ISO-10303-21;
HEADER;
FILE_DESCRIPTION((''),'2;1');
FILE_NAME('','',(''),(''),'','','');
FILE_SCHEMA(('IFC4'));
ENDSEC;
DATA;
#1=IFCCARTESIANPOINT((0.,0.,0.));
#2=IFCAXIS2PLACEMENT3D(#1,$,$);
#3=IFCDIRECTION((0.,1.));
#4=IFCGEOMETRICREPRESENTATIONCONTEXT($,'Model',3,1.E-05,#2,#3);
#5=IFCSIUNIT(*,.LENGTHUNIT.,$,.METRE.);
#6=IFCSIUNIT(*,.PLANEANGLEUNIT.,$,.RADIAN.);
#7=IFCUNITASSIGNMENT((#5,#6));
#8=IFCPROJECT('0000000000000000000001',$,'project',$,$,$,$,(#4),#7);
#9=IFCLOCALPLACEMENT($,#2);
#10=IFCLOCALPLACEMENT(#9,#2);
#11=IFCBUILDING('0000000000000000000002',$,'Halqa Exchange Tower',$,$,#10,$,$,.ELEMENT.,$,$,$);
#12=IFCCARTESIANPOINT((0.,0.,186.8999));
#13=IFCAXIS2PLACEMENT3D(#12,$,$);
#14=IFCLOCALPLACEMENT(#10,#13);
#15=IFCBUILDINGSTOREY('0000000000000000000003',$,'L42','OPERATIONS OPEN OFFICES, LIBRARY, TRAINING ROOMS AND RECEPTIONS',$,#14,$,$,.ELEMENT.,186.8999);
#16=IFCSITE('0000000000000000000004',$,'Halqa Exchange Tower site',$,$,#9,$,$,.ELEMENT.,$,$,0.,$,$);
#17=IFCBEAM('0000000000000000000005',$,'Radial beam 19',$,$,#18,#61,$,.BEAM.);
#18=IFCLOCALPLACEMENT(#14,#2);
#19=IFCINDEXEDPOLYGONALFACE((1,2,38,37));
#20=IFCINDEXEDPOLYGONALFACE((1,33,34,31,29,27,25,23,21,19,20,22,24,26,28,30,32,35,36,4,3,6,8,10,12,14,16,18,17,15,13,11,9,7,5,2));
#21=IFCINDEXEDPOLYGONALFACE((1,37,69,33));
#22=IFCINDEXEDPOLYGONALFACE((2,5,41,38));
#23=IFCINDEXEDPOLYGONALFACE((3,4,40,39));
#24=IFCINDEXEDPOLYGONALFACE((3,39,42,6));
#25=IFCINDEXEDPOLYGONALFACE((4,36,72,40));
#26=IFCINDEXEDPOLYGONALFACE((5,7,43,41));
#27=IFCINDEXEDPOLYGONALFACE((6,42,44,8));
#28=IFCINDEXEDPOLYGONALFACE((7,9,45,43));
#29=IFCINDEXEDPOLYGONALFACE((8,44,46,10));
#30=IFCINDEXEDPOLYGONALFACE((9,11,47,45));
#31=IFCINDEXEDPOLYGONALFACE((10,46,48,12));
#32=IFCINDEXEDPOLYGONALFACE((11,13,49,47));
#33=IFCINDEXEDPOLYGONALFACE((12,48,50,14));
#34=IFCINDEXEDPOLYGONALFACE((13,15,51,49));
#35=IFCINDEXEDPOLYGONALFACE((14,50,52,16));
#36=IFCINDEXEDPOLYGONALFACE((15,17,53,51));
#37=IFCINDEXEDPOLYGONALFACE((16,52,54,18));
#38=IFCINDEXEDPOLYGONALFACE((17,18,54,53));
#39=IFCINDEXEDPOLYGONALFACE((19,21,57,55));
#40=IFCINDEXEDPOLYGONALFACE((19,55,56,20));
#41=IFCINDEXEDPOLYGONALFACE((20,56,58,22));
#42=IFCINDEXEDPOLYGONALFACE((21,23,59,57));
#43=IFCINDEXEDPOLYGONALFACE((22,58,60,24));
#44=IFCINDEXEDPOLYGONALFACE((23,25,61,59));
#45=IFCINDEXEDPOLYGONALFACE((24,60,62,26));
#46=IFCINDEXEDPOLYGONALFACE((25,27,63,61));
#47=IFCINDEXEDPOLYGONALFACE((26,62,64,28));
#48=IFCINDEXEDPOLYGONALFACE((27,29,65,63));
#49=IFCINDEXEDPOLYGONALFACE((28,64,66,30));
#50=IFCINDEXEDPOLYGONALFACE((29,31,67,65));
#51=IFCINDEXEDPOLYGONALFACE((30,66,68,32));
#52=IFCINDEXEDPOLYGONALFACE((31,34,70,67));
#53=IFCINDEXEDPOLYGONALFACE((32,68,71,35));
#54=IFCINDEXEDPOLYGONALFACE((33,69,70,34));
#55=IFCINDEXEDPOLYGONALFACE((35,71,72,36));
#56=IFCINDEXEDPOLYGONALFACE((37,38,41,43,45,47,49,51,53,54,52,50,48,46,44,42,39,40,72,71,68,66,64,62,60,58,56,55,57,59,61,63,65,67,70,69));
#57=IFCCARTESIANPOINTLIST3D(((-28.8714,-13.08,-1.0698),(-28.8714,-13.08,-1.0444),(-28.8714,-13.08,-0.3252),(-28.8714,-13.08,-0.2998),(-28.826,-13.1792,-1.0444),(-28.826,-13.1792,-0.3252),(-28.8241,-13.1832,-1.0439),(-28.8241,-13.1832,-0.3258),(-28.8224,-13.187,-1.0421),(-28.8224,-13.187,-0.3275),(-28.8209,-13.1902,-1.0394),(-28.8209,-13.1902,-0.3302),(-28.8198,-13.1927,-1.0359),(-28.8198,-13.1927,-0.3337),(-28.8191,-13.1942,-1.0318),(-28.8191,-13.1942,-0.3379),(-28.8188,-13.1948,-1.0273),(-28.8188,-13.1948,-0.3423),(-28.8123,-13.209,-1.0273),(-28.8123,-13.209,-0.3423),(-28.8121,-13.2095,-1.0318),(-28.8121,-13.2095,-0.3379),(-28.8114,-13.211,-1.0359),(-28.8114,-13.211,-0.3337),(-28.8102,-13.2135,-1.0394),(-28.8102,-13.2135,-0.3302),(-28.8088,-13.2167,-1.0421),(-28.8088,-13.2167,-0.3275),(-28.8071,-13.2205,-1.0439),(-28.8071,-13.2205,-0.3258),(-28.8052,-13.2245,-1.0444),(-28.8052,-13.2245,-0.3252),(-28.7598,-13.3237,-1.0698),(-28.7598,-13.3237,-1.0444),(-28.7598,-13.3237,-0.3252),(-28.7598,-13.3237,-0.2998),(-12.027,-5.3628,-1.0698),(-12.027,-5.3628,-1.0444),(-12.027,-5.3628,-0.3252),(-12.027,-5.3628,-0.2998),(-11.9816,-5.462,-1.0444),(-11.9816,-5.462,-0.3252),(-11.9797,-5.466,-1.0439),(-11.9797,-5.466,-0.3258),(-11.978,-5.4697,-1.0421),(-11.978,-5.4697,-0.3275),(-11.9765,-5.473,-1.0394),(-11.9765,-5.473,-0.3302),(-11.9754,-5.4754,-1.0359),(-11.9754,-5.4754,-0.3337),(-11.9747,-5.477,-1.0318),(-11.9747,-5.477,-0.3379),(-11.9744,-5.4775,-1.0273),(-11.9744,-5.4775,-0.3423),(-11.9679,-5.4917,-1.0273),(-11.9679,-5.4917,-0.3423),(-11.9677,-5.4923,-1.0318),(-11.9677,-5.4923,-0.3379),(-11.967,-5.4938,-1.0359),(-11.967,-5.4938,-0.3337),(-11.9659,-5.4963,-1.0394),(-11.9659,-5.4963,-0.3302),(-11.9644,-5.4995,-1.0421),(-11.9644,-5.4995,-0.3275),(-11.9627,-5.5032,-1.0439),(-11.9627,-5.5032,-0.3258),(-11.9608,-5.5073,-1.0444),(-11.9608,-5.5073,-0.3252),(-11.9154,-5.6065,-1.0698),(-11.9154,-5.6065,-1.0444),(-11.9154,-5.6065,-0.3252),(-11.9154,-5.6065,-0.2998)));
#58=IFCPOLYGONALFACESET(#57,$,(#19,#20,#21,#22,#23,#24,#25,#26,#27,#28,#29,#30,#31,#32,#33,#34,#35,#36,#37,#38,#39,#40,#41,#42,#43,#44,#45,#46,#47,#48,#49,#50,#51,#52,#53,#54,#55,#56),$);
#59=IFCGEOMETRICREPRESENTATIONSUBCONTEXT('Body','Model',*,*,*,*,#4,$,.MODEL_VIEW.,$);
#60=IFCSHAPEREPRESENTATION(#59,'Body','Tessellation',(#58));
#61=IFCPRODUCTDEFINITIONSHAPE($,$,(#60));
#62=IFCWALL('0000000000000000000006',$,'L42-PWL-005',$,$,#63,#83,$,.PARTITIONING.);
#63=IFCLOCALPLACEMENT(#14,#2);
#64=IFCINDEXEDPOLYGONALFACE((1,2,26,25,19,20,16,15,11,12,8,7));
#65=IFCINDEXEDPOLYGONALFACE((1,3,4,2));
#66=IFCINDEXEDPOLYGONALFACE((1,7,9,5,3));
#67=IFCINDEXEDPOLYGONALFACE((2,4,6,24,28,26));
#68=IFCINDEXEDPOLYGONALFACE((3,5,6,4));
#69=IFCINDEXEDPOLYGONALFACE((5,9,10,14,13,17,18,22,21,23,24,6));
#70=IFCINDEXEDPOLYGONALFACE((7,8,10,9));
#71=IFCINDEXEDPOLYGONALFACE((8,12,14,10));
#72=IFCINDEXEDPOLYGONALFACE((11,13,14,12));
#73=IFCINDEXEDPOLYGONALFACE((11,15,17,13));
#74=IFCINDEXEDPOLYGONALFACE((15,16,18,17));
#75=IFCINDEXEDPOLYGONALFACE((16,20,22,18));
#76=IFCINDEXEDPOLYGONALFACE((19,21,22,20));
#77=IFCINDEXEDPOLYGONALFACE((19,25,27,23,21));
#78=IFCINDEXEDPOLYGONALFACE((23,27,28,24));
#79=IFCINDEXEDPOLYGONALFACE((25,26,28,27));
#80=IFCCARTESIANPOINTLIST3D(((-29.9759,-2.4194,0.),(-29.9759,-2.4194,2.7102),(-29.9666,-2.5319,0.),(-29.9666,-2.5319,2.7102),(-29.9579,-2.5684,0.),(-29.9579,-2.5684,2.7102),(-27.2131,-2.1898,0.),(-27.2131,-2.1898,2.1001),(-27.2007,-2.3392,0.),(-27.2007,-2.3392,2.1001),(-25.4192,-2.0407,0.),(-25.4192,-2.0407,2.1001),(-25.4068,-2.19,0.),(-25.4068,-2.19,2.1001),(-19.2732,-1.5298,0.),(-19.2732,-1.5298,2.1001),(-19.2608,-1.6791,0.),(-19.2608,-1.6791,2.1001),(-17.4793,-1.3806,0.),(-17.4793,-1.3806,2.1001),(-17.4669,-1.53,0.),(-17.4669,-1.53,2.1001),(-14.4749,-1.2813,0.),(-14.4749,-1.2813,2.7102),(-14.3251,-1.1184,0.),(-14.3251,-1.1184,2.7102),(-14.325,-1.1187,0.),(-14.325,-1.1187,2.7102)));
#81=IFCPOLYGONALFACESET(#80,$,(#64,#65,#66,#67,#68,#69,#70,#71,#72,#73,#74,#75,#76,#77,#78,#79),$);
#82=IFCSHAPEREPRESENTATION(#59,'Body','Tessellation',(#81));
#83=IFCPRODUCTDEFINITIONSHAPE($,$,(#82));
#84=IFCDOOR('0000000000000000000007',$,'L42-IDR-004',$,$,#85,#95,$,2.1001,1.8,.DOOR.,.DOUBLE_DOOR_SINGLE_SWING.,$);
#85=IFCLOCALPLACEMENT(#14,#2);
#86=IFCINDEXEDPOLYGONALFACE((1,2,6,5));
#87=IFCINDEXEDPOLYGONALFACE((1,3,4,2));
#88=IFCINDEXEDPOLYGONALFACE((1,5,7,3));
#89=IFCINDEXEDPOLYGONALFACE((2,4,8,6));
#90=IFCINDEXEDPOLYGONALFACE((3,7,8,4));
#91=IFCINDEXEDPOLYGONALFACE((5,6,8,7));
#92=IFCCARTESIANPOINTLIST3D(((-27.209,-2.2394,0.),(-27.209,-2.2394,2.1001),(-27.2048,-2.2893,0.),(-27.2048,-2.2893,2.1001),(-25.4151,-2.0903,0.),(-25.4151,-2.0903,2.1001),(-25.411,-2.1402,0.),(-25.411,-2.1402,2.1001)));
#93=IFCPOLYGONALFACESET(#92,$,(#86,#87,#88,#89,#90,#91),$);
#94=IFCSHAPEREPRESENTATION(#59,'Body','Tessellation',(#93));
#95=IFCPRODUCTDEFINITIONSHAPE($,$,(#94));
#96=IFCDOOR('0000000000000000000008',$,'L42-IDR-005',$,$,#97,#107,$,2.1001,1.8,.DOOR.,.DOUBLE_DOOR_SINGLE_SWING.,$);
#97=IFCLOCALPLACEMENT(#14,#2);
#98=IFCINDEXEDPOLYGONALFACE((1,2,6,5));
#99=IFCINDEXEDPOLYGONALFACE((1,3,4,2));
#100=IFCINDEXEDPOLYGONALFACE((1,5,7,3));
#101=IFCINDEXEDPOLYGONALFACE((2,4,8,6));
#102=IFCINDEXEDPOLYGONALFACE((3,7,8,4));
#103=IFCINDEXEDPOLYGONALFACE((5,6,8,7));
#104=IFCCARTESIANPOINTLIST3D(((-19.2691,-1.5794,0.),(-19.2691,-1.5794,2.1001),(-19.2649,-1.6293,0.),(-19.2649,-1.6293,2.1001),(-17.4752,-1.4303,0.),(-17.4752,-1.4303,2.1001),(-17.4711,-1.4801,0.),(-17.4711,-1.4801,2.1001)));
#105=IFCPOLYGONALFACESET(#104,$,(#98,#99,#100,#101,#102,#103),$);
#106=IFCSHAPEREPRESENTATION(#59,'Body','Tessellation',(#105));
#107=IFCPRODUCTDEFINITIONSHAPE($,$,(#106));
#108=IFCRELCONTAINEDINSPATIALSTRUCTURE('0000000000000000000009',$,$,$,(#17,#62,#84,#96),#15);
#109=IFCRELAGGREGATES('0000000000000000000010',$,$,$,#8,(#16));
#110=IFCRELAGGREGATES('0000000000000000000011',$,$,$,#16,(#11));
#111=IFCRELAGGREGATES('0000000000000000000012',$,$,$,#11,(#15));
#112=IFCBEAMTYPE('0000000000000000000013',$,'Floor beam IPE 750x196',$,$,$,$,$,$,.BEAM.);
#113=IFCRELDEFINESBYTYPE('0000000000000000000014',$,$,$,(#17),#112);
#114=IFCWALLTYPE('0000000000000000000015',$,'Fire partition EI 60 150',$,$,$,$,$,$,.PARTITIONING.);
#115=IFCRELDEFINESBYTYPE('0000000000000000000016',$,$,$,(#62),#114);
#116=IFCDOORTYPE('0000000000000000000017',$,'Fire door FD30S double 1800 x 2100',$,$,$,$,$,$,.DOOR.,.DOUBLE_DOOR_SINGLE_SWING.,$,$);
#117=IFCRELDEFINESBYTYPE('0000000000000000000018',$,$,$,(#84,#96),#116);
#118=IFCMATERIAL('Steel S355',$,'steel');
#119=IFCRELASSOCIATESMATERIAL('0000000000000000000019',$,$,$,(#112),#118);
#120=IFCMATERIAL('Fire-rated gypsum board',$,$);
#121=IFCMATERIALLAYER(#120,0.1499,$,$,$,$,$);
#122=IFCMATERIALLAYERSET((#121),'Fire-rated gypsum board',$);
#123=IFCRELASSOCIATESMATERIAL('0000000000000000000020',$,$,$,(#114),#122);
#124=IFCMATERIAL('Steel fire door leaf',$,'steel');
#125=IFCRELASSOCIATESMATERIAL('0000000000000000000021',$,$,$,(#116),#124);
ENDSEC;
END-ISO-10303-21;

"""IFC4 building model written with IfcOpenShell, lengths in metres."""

from ifc_helpers import new_model, si_unit, direction, frame, frame_2d, origin, origin_2d, place, context, subcontext, project, spatial, polyline, rectangle, i_section, outline, extrude, material, layer, layer_set, material_profile, profile_set, type_object, element, fill, save


model = new_model("IFC4")

# Units and contexts
model_context = context("Model", 3, precision=1e-05, world=origin(), true_north=direction((0.0, 1.0)))
body_context = subcontext(model_context, "Body", "Model", "MODEL_VIEW")
ifc_project = project(units=[si_unit("LENGTHUNIT", "METRE"), si_unit("PLANEANGLEUNIT", "RADIAN")], contexts=[model_context])

# Site, building, storey
site_placement = place(None, origin())
site = spatial("IfcSite", under=ifc_project, at=site_placement, Name="Halqa Exchange Tower site", CompositionType="ELEMENT", RefElevation=0.0)
building_placement = place(site_placement, origin())
building = spatial("IfcBuilding", under=site, at=building_placement, Name="Halqa Exchange Tower", CompositionType="ELEMENT")
storey_placement = place(building_placement, frame((0.0, 0.0, 186.8999)))
storey = spatial("IfcBuildingStorey", under=building, at=storey_placement, Name="L42", Description="OPERATIONS OPEN OFFICES, LIBRARY, TRAINING ROOMS AND RECEPTIONS", CompositionType="ELEMENT", Elevation=186.8999)

# Beam
ifc_material_1 = material(Name="Steel S355", Category="steel")
ifc_material_profile_1 = material_profile(ifc_material_1, i_section(OverallWidth=0.2681, OverallDepth=0.77, WebThickness=0.0156, FlangeThickness=0.0254, FilletRadius=0.0171, at=origin_2d()), Name="IPE 750x196")
ifc_profile_set_1 = profile_set([ifc_material_profile_1], Name="Steel S355")
beam_type_1 = type_object("IfcBeamType", Name="Floor beam IPE 750x196", PredefinedType="BEAM", material=ifc_profile_set_1)
beam_1_placement = place(storey_placement, frame((-11.9712, -5.4846, -0.6848), z_axis=(-0.909128, -0.416516, 0.0), x_axis=(0.416516, -0.909128, 0.0)))
element("IfcBeam", 1, at=beam_1_placement, inside=storey, type_object=beam_type_1, Name="Radial beam 19", PredefinedType="BEAM", context=body_context, shape_type="SweptSolid", body=[
    extrude(i_section(OverallWidth=0.2681, OverallDepth=0.77, WebThickness=0.0156, FlangeThickness=0.0254, FilletRadius=0.0171, at=origin_2d()), origin(), (0.0, 0.0, 1.0), 18.5281),
])

# Wall, openings, doors
ifc_material_2 = material(Name="Fire-rated gypsum board")
ifc_layer_1 = layer(ifc_material_2, 0.1499)
ifc_layer_set_1 = layer_set([ifc_layer_1], Name="Fire-rated gypsum board")
wall_type_1 = type_object("IfcWallType", Name="Fire partition EI 60 150", PredefinedType="PARTITIONING", material=ifc_layer_set_1)
wall_1_placement = place(storey_placement, frame((-14.3188, -1.1931, 0.0), z_axis=(0.0, 0.0, 1.0), x_axis=(-0.996563, -0.082842, 0.0)))
wall_1 = element("IfcWall", 2, at=wall_1_placement, inside=storey, type_object=wall_type_1, Name="L42-PWL-005", PredefinedType="PARTITIONING", context=body_context, shape_type="SweptSolid", body=[
    extrude(outline(polyline([(15.7048, -0.075), (15.7048, 0.0378), (15.6992, 0.075), (13.7571, 0.075), (11.8152, 0.075), (9.873, 0.075), (7.9309, 0.075), (5.989, 0.075), (4.0469, 0.075), (2.1047, 0.075), (0.1628, 0.075), (0.0815, 0.0002), (0.0, -0.0747), (0.0, -0.075), (1.9631, -0.075), (3.9263, -0.075), (5.8894, -0.075), (7.8525, -0.075), (9.8154, -0.075), (11.7786, -0.075), (13.7417, -0.075), (15.7048, -0.075)])), origin(), (0.0, 0.0, 1.0), 2.7102),
])
opening_1_placement = place(wall_1_placement, frame((11.1326, 0.0, 0.0)))
opening_1 = element("IfcOpeningElement", 3, at=opening_1_placement, cuts=wall_1, PredefinedType="OPENING", context=body_context, shape_type="SweptSolid", body=[
    extrude(rectangle(XDim=1.8, YDim=2.1001, at=frame_2d((0.8999, 1.05))), frame((0.0, 0.0869, 0.0), z_axis=(0.0, -1.0, 0.0), x_axis=(1.0, 0.0, 0.0)), (0.0, 0.0, 1.0), 0.1738),
])
opening_2_placement = place(wall_1_placement, frame((3.1653, 0.0, 0.0)))
opening_2 = element("IfcOpeningElement", 4, at=opening_2_placement, cuts=wall_1, PredefinedType="OPENING", context=body_context, shape_type="SweptSolid", body=[
    extrude(rectangle(XDim=1.8, YDim=2.1001, at=frame_2d((0.8999, 1.05))), frame((0.0, 0.0869, 0.0), z_axis=(0.0, -1.0, 0.0), x_axis=(1.0, 0.0, 0.0)), (0.0, 0.0, 1.0), 0.1738),
])
ifc_material_3 = material(Name="Steel fire door leaf", Category="steel")
door_type_1 = type_object("IfcDoorType", Name="Fire door FD30S double 1800 x 2100", OperationType="DOUBLE_DOOR_SINGLE_SWING", PredefinedType="DOOR", material=ifc_material_3)
door_1_placement = place(opening_1_placement, origin())
door_1 = element("IfcDoor", 5, at=door_1_placement, inside=storey, type_object=door_type_1, Name="L42-IDR-004", OperationType="DOUBLE_DOOR_SINGLE_SWING", OverallHeight=2.1001, OverallWidth=1.8, PredefinedType="DOOR", context=body_context, shape_type="SweptSolid", body=[
    extrude(rectangle(XDim=1.8, YDim=2.1001, at=frame_2d((0.8999, 1.05))), frame((0.0, 0.0249, 0.0), z_axis=(0.0, -1.0, 0.0), x_axis=(1.0, 0.0, 0.0)), (0.0, 0.0, 1.0), 0.05),
])
fill(opening_1, door_1)
door_2_placement = place(opening_2_placement, origin())
door_2 = element("IfcDoor", 6, at=door_2_placement, inside=storey, type_object=door_type_1, Name="L42-IDR-005", OperationType="DOUBLE_DOOR_SINGLE_SWING", OverallHeight=2.1001, OverallWidth=1.8, PredefinedType="DOOR", context=body_context, shape_type="SweptSolid", body=[
    extrude(rectangle(XDim=1.8, YDim=2.1001, at=frame_2d((0.8999, 1.05))), frame((0.0, 0.0249, 0.0), z_axis=(0.0, -1.0, 0.0), x_axis=(1.0, 0.0, 0.0)), (0.0, 0.0, 1.0), 0.05),
])
fill(opening_2, door_2)

save(model, "model.ifc")
